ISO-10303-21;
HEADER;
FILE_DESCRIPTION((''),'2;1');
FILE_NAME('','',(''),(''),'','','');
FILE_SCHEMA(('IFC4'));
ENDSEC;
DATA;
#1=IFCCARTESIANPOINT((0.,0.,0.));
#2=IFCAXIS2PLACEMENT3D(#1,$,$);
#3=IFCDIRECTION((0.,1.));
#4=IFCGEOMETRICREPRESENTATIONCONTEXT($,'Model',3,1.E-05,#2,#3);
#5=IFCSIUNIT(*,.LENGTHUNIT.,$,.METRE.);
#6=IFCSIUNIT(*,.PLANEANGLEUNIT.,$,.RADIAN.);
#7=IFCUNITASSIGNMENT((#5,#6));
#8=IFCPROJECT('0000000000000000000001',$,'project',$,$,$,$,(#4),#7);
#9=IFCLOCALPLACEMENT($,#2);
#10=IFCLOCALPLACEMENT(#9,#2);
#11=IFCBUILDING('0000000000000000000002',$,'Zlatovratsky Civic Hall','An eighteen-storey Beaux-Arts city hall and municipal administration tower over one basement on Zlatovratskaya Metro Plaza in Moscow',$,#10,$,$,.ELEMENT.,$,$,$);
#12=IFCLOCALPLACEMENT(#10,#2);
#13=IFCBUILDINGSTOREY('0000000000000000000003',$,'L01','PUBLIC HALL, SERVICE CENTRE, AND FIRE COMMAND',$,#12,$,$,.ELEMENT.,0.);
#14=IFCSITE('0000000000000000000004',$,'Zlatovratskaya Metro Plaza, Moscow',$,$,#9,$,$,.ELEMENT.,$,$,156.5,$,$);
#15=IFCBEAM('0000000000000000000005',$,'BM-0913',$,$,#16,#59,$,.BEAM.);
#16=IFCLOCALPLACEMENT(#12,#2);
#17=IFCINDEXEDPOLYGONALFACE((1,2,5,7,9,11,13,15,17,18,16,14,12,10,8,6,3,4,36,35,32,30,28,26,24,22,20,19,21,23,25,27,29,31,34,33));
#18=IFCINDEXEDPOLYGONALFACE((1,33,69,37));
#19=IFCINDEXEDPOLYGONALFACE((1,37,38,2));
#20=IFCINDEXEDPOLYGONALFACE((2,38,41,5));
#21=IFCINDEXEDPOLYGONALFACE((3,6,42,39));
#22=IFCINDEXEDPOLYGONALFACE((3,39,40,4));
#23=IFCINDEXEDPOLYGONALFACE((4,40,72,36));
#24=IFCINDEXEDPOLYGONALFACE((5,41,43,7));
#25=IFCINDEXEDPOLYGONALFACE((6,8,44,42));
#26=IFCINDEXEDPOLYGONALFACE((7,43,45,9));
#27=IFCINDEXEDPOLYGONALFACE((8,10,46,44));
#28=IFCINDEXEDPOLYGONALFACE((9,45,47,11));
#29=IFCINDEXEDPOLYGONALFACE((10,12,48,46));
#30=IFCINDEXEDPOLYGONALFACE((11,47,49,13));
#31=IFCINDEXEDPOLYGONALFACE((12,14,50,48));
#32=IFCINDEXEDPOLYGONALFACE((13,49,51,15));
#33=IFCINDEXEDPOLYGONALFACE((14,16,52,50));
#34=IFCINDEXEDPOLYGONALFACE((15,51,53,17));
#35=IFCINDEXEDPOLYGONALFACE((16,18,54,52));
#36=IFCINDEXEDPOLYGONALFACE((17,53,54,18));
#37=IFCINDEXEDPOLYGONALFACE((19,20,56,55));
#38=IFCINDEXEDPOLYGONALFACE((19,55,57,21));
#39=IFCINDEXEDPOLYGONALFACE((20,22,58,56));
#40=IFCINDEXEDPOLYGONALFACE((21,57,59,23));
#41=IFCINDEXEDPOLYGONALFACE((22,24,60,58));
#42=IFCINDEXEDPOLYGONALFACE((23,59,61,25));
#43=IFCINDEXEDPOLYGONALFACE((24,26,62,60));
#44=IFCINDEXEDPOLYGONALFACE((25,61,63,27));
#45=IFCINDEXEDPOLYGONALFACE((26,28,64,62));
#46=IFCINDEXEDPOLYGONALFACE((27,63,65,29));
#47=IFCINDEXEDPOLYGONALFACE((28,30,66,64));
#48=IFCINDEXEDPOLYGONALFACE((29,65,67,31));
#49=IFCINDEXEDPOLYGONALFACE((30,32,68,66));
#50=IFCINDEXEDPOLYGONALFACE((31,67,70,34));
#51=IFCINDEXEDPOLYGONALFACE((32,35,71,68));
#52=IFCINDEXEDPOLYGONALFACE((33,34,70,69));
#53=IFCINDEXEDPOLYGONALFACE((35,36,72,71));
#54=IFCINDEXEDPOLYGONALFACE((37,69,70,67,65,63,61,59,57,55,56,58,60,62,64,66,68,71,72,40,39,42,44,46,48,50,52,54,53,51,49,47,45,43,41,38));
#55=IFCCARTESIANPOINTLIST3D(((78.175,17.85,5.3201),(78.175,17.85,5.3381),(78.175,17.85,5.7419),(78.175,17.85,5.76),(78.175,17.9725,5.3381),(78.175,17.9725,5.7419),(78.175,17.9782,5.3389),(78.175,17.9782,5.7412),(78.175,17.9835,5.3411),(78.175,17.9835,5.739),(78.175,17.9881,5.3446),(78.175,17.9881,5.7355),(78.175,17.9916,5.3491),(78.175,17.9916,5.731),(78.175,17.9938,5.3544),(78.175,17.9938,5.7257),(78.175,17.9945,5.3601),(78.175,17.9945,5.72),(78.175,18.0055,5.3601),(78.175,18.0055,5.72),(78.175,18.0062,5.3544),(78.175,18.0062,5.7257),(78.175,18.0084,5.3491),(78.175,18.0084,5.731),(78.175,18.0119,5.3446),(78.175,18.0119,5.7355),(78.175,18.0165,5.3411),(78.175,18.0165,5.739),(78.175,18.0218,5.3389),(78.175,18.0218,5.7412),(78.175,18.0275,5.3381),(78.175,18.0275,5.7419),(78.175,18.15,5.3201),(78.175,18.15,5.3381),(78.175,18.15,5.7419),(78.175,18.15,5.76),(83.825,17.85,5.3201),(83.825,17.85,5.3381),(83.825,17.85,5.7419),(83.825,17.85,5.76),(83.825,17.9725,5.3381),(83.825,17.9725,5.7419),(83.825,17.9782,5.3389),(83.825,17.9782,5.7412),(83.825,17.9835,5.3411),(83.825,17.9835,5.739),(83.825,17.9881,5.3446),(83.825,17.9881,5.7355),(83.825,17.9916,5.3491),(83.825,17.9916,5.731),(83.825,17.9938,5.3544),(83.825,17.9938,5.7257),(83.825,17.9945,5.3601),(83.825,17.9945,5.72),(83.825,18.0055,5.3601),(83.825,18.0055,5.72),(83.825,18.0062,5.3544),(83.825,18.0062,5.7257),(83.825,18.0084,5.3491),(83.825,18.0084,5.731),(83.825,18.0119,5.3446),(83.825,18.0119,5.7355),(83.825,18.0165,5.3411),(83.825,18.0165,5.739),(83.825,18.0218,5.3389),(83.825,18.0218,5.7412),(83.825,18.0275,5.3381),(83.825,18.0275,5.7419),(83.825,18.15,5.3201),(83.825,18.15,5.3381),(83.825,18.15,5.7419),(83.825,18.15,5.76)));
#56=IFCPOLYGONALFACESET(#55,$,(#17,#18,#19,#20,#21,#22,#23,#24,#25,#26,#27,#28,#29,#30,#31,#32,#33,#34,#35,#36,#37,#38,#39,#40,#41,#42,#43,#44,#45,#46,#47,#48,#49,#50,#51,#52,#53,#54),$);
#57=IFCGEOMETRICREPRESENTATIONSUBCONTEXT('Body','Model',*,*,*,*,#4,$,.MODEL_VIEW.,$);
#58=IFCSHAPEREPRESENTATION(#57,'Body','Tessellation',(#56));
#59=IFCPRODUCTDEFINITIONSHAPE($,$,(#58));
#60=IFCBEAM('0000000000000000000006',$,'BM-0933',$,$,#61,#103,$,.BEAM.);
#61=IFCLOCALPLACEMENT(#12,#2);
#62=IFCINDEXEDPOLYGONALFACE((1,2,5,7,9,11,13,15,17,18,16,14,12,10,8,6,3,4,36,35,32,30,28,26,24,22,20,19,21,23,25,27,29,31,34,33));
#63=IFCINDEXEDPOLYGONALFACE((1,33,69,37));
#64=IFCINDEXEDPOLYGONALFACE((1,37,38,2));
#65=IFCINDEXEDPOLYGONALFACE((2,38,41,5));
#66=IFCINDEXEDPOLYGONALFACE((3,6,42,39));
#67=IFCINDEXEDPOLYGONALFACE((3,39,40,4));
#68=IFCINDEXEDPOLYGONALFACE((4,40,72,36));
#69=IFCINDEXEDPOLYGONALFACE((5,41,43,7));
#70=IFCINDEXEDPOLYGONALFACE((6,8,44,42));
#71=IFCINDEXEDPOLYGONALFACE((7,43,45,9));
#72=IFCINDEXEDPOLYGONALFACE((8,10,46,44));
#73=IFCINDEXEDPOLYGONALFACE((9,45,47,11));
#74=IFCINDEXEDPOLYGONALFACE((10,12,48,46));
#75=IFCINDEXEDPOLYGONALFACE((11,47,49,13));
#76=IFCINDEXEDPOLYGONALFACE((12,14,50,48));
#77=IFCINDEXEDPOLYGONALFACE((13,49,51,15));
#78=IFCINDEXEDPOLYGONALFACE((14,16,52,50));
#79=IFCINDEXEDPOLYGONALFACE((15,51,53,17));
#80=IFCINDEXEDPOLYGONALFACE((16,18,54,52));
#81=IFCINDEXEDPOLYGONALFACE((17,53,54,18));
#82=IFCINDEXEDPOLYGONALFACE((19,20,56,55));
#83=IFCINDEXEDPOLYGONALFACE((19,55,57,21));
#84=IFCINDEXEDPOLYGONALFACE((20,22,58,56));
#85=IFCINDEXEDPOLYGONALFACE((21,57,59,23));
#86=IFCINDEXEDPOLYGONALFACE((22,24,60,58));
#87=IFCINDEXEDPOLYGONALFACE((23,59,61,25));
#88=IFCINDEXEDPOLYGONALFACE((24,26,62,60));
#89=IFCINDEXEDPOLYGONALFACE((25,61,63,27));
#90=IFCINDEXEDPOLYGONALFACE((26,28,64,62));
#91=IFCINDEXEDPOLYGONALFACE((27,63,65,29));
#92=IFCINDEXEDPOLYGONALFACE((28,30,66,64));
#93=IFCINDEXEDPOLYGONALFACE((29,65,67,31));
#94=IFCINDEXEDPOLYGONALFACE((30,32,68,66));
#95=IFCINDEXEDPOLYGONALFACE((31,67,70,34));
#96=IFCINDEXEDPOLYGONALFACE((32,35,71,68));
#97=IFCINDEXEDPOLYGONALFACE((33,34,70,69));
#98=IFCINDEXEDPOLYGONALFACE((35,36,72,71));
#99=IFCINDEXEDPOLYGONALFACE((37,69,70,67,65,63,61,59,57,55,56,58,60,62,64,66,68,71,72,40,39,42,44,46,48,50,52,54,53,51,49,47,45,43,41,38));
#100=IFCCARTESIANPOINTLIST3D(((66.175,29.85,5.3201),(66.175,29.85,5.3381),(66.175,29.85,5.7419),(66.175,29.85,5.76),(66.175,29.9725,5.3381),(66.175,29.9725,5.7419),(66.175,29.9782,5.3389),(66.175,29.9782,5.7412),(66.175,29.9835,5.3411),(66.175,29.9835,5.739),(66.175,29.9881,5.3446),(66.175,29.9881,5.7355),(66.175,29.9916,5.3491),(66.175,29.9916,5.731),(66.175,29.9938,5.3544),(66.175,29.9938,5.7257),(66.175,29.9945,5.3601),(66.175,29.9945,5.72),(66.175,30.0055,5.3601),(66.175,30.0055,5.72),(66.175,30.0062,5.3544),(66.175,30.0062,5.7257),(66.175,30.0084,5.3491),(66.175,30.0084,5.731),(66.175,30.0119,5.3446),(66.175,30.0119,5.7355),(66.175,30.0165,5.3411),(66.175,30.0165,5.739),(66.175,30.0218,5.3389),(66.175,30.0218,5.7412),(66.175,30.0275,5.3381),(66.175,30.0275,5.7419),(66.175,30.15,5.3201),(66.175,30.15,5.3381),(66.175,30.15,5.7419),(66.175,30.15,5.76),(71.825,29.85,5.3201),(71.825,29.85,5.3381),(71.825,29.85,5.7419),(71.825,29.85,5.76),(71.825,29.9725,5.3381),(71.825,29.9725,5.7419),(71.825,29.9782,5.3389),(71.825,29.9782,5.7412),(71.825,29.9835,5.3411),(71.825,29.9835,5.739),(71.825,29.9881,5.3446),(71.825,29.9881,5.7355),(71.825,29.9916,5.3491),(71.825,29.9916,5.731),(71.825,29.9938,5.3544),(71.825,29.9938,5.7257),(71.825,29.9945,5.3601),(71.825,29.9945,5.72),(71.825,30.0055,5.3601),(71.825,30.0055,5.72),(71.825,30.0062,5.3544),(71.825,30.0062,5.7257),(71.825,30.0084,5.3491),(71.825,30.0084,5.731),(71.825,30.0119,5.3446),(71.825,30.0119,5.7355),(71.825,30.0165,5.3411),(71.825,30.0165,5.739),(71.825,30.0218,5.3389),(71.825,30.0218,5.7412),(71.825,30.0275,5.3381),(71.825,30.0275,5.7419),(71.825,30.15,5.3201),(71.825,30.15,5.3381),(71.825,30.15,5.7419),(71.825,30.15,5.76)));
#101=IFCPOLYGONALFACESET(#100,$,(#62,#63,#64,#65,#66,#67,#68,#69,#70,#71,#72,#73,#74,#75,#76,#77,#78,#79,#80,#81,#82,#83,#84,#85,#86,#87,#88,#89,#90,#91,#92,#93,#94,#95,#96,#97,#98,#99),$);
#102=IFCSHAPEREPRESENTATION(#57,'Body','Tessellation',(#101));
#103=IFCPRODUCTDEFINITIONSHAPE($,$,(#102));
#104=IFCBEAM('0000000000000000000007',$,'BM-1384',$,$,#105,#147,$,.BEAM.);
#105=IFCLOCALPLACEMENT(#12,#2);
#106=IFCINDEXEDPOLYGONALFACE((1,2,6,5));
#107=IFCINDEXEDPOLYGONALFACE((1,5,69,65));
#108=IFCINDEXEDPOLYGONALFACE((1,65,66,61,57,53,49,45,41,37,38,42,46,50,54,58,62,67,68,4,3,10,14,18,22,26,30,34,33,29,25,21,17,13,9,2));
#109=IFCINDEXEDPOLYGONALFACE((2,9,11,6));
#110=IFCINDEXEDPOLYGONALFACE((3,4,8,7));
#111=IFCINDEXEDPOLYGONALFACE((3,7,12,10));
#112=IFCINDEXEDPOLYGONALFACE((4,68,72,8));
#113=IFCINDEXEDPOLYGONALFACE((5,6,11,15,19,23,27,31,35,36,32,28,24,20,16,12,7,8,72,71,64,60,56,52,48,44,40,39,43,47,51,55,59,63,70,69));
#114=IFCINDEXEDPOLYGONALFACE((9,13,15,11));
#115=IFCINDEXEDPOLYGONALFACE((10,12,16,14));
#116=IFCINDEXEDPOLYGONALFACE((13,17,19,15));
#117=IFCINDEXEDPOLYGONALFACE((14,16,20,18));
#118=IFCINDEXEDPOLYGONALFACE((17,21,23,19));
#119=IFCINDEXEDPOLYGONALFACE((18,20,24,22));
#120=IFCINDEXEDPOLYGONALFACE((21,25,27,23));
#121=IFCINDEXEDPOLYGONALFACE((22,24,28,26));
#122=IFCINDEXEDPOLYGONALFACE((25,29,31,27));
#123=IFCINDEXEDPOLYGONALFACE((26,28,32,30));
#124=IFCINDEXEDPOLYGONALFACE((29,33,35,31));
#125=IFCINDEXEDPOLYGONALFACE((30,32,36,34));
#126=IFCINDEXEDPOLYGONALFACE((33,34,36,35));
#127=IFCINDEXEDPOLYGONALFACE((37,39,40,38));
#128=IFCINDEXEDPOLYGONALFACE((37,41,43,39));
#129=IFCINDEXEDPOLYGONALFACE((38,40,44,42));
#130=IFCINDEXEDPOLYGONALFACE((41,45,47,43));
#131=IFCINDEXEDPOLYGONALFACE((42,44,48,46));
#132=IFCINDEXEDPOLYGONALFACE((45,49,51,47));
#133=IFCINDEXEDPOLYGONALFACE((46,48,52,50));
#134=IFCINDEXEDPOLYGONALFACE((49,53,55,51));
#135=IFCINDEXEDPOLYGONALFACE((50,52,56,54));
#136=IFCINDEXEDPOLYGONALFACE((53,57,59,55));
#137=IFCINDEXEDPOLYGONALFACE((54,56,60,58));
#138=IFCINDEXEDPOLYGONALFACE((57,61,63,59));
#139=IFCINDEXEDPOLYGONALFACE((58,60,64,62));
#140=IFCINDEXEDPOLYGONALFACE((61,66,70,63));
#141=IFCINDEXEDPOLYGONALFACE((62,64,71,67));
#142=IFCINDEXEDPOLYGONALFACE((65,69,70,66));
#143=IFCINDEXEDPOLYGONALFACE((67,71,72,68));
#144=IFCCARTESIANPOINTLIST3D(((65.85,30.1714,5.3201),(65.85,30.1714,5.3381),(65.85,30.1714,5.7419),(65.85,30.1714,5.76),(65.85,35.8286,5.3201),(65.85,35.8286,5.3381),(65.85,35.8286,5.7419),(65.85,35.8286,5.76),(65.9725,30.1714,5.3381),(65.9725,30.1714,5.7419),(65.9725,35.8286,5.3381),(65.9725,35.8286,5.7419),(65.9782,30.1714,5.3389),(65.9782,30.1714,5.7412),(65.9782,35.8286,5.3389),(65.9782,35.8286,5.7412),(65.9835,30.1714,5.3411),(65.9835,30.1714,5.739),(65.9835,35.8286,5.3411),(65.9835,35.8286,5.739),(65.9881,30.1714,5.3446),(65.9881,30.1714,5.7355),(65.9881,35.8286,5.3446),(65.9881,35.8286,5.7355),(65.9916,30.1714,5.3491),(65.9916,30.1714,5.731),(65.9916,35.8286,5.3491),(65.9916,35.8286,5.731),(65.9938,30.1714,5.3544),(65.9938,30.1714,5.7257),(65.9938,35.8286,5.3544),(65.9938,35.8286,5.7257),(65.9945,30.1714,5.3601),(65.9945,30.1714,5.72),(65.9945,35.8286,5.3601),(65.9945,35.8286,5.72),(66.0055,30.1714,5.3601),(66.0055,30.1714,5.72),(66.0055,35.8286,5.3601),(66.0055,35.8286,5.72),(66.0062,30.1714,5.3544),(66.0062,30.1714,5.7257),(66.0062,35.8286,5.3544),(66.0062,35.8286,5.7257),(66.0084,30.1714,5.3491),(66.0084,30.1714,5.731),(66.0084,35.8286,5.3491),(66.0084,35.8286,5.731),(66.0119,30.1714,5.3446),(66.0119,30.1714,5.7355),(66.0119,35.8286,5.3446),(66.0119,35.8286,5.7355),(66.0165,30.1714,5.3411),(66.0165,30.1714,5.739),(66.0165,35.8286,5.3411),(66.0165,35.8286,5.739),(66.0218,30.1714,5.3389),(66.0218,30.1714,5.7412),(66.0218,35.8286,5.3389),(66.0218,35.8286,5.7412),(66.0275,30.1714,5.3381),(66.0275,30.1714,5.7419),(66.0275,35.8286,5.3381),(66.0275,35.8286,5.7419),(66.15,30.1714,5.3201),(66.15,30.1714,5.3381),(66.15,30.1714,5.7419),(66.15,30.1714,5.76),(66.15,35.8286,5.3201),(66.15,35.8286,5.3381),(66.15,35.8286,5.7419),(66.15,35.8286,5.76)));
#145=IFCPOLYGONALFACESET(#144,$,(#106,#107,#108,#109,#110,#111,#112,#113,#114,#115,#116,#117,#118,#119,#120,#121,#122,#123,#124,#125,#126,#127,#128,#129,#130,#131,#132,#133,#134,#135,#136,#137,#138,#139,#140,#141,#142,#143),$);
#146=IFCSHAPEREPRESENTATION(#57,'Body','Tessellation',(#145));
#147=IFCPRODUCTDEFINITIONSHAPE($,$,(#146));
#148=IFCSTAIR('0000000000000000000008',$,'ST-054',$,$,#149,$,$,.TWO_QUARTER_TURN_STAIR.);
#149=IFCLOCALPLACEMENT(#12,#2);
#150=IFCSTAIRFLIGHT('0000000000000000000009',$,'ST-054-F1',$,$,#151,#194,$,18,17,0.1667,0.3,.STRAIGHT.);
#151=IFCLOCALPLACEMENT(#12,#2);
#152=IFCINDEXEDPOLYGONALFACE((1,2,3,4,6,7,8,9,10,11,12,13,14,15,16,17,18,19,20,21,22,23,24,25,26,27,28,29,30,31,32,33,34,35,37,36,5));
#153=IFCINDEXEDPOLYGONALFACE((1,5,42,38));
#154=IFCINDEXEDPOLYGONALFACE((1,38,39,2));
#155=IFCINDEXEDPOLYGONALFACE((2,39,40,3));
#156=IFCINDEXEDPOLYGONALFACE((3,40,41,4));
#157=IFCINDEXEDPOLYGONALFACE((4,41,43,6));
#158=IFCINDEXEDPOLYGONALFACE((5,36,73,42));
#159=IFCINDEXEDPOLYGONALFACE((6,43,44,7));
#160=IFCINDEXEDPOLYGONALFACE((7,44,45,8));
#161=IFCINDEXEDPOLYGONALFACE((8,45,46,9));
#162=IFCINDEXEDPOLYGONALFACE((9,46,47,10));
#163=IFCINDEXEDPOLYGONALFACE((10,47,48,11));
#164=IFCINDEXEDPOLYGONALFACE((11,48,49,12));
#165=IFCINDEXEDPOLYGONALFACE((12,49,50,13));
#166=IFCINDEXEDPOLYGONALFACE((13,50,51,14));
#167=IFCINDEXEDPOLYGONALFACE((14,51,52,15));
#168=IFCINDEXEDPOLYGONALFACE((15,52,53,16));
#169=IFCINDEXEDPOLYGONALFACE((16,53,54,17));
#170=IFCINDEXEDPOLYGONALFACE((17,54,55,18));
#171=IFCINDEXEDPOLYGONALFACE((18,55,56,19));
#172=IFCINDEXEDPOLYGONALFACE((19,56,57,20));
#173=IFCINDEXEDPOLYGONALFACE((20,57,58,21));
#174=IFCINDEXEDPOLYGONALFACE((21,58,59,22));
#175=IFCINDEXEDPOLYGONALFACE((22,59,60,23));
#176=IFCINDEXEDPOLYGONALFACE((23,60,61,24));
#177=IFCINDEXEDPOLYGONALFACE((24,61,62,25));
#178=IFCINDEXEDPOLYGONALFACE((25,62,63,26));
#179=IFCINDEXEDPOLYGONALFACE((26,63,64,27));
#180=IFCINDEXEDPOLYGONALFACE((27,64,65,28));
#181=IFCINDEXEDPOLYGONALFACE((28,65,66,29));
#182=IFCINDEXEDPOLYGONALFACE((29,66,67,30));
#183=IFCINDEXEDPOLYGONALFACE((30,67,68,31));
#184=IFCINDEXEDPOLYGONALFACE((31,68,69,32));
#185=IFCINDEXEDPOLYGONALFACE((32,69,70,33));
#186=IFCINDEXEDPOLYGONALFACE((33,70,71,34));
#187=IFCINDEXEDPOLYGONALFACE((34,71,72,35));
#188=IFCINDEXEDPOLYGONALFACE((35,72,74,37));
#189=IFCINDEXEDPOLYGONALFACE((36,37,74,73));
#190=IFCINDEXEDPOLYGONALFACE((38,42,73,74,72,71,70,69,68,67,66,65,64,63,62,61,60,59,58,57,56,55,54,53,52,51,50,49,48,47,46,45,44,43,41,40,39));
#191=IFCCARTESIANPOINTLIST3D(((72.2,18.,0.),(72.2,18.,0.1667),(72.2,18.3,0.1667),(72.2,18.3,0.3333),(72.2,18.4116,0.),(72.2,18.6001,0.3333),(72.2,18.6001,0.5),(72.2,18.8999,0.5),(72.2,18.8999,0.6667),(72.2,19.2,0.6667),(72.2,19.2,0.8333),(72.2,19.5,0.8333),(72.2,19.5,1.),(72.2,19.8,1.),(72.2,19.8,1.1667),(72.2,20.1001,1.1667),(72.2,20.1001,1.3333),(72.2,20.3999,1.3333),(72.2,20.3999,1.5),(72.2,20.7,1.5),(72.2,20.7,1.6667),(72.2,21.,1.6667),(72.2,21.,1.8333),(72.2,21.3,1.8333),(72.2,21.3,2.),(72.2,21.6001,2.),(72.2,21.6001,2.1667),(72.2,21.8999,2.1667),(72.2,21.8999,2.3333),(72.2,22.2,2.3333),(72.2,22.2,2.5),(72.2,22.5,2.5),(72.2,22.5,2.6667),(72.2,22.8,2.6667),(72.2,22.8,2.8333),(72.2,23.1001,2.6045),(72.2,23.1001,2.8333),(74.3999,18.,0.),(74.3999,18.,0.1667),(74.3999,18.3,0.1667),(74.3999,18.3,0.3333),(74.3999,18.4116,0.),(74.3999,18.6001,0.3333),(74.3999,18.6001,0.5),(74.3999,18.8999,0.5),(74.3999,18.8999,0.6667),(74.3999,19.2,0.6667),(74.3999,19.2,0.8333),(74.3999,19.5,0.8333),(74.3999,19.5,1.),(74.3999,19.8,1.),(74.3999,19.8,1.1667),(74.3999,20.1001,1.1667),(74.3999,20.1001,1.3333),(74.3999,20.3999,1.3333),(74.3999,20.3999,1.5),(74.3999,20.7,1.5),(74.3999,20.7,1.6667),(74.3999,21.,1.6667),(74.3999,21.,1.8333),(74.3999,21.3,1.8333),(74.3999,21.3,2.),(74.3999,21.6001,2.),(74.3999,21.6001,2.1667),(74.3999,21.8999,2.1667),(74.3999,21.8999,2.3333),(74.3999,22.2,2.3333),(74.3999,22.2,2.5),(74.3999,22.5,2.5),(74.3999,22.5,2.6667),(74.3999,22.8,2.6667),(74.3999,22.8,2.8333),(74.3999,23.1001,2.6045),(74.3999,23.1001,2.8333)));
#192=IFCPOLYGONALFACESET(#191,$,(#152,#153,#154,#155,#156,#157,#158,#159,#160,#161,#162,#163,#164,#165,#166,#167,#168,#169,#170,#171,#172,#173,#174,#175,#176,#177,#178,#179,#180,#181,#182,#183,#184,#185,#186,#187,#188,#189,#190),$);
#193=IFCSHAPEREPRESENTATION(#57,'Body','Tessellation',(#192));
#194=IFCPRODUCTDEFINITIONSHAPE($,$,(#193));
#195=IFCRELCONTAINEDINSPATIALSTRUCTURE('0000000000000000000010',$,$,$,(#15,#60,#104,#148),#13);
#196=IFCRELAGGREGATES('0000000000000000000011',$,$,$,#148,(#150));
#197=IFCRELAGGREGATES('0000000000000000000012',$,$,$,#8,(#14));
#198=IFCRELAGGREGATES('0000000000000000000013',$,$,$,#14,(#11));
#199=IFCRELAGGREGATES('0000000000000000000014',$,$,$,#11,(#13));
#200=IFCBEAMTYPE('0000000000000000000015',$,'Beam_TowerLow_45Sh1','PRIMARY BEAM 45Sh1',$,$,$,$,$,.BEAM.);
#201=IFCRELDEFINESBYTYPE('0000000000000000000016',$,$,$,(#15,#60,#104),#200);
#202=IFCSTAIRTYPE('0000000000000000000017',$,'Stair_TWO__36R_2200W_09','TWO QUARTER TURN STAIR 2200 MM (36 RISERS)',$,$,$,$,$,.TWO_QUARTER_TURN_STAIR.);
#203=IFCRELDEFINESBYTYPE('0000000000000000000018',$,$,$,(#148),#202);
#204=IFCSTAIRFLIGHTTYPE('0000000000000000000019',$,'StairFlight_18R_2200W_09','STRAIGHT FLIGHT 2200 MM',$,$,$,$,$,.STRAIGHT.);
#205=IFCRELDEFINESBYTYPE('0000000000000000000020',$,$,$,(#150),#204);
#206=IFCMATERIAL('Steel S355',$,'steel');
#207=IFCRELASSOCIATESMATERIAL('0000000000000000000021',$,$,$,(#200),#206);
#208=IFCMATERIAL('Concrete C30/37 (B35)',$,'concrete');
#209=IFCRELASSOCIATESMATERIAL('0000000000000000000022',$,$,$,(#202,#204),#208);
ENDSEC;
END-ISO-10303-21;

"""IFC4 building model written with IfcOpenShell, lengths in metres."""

from ifc_helpers import new_model, si_unit, direction, frame, origin, origin_2d, place, context, subcontext, project, spatial, polyline, i_section, outline, extrude, material, material_profile, profile_set, type_object, element, aggregate, save


model = new_model("IFC4")

# Units and contexts
model_context = context("Model", 3, precision=1e-05, world=origin(), true_north=direction((0.0, 1.0)))
body_context = subcontext(model_context, "Body", "Model", "MODEL_VIEW")
ifc_project = project(units=[si_unit("LENGTHUNIT", "METRE"), si_unit("PLANEANGLEUNIT", "RADIAN")], contexts=[model_context])

# Site, building, storey
site_placement = place(None, origin())
site = spatial("IfcSite", under=ifc_project, at=site_placement, Name="Zlatovratskaya Metro Plaza, Moscow", CompositionType="ELEMENT", RefElevation=156.5)
building_placement = place(site_placement, origin())
building = spatial("IfcBuilding", under=site, at=building_placement, Name="Zlatovratsky Civic Hall", Description="An eighteen-storey Beaux-Arts city hall and municipal administration tower over one basement on Zlatovratskaya Metro Plaza in Moscow", CompositionType="ELEMENT")
storey_placement = place(building_placement, origin())
storey = spatial("IfcBuildingStorey", under=building, at=storey_placement, Name="L01", Description="PUBLIC HALL, SERVICE CENTRE, AND FIRE COMMAND", CompositionType="ELEMENT", Elevation=0.0)

# Shared definitions
ifc_material_1 = material(Name="Steel S355", Category="steel")

# Beams
ifc_material_profile_1 = material_profile(ifc_material_1, i_section(OverallWidth=0.3, OverallDepth=0.4399, WebThickness=0.011, FlangeThickness=0.0181, FilletRadius=0.022, at=origin_2d()), Name="45Sh1")
ifc_profile_set_1 = profile_set([ifc_material_profile_1], Name="Steel S355")
beam_type_1 = type_object("IfcBeamType", Name="Beam_TowerLow_45Sh1", Description="PRIMARY BEAM 45Sh1", PredefinedType="BEAM", material=ifc_profile_set_1)
for number, where, z_axis, x_axis, name in (
    (1, (78.175, 18.0, 5.54), (1.0, 0.0, 0.0), (0.0, 1.0, 0.0), "BM-0913"),
    (2, (66.175, 30.0, 5.54), (1.0, 0.0, 0.0), (0.0, 1.0, 0.0), "BM-0933"),
):
    element("IfcBeam", number, at=place(storey_placement, frame(where, z_axis=z_axis, x_axis=x_axis)), inside=storey, type_object=beam_type_1, Name=name, PredefinedType="BEAM", context=body_context, shape_type="SweptSolid", body=[
        extrude(i_section(OverallWidth=0.3, OverallDepth=0.4399, WebThickness=0.011, FlangeThickness=0.0181, FilletRadius=0.022, at=origin_2d()), origin(), (0.0, 0.0, 1.0), 5.6499),
    ])
beam_placement = place(storey_placement, frame((66.0, 30.1714, 5.54), z_axis=(0.0, 1.0, 0.0), x_axis=(-1.0, 0.0, 0.0)))
element("IfcBeam", 3, at=beam_placement, inside=storey, type_object=beam_type_1, Name="BM-1384", PredefinedType="BEAM", context=body_context, shape_type="SweptSolid", body=[
    extrude(i_section(OverallWidth=0.3, OverallDepth=0.4399, WebThickness=0.011, FlangeThickness=0.0181, FilletRadius=0.022, at=origin_2d()), origin(), (0.0, 0.0, 1.0), 5.6572),
])

# Stair, stair flight
ifc_material_2 = material(Name="Concrete C30/37 (B35)", Category="concrete")
stair_type = type_object("IfcStairType", Name="Stair_TWO__36R_2200W_09", Description="TWO QUARTER TURN STAIR 2200 MM (36 RISERS)", PredefinedType="TWO_QUARTER_TURN_STAIR", material=ifc_material_2)
stair_placement = place(storey_placement, origin())
stair = element("IfcStair", 4, at=stair_placement, inside=storey, type_object=stair_type, Name="ST-054", PredefinedType="TWO_QUARTER_TURN_STAIR")
stair_flight_type = type_object("IfcStairFlightType", Name="StairFlight_18R_2200W_09", Description="STRAIGHT FLIGHT 2200 MM", PredefinedType="STRAIGHT", material=ifc_material_2)
stair_flight_1_placement = place(storey_placement, frame((73.3, 18.0, 0.0), z_axis=(0.0, 0.0, 1.0), x_axis=(0.0, 1.0, 0.0)))
stair_flight_1 = element("IfcStairFlight", 5, at=stair_flight_1_placement, type_object=stair_flight_type, Name="ST-054-F1", NumberOfRisers=18, NumberOfTreads=17, PredefinedType="STRAIGHT", RiserHeight=0.1667, TreadLength=0.3, context=body_context, shape_type="SweptSolid", body=[
    extrude(outline(polyline([(0.0, 0.0), (0.0, 0.1667), (0.3, 0.1667), (0.3, 0.3333), (0.6001, 0.3333), (0.6001, 0.5), (0.8999, 0.5), (0.8999, 0.6667), (1.2, 0.6667), (1.2, 0.8333), (1.5, 0.8333), (1.5, 1.0), (1.8, 1.0), (1.8, 1.1667), (2.1001, 1.1667), (2.1001, 1.3333), (2.3999, 1.3333), (2.3999, 1.5), (2.7, 1.5), (2.7, 1.6667), (3.0, 1.6667), (3.0, 1.8333), (3.3, 1.8333), (3.3, 2.0), (3.6001, 2.0), (3.6001, 2.1667), (3.8999, 2.1667), (3.8999, 2.3333), (4.2, 2.3333), (4.2, 2.5), (4.5, 2.5), (4.5, 2.6667), (4.8, 2.6667), (4.8, 2.8333), (5.1001, 2.8333), (5.1001, 3.0), (5.1001, 2.6045), (0.4116, 0.0), (0.0, 0.0)])), frame((0.0, 1.1001, 0.0), z_axis=(0.0, -1.0, 0.0), x_axis=(1.0, 0.0, 0.0)), (0.0, 0.0, 1.0), 2.2),
])
aggregate(stair, [stair_flight_1])

save(model, "model.ifc")
